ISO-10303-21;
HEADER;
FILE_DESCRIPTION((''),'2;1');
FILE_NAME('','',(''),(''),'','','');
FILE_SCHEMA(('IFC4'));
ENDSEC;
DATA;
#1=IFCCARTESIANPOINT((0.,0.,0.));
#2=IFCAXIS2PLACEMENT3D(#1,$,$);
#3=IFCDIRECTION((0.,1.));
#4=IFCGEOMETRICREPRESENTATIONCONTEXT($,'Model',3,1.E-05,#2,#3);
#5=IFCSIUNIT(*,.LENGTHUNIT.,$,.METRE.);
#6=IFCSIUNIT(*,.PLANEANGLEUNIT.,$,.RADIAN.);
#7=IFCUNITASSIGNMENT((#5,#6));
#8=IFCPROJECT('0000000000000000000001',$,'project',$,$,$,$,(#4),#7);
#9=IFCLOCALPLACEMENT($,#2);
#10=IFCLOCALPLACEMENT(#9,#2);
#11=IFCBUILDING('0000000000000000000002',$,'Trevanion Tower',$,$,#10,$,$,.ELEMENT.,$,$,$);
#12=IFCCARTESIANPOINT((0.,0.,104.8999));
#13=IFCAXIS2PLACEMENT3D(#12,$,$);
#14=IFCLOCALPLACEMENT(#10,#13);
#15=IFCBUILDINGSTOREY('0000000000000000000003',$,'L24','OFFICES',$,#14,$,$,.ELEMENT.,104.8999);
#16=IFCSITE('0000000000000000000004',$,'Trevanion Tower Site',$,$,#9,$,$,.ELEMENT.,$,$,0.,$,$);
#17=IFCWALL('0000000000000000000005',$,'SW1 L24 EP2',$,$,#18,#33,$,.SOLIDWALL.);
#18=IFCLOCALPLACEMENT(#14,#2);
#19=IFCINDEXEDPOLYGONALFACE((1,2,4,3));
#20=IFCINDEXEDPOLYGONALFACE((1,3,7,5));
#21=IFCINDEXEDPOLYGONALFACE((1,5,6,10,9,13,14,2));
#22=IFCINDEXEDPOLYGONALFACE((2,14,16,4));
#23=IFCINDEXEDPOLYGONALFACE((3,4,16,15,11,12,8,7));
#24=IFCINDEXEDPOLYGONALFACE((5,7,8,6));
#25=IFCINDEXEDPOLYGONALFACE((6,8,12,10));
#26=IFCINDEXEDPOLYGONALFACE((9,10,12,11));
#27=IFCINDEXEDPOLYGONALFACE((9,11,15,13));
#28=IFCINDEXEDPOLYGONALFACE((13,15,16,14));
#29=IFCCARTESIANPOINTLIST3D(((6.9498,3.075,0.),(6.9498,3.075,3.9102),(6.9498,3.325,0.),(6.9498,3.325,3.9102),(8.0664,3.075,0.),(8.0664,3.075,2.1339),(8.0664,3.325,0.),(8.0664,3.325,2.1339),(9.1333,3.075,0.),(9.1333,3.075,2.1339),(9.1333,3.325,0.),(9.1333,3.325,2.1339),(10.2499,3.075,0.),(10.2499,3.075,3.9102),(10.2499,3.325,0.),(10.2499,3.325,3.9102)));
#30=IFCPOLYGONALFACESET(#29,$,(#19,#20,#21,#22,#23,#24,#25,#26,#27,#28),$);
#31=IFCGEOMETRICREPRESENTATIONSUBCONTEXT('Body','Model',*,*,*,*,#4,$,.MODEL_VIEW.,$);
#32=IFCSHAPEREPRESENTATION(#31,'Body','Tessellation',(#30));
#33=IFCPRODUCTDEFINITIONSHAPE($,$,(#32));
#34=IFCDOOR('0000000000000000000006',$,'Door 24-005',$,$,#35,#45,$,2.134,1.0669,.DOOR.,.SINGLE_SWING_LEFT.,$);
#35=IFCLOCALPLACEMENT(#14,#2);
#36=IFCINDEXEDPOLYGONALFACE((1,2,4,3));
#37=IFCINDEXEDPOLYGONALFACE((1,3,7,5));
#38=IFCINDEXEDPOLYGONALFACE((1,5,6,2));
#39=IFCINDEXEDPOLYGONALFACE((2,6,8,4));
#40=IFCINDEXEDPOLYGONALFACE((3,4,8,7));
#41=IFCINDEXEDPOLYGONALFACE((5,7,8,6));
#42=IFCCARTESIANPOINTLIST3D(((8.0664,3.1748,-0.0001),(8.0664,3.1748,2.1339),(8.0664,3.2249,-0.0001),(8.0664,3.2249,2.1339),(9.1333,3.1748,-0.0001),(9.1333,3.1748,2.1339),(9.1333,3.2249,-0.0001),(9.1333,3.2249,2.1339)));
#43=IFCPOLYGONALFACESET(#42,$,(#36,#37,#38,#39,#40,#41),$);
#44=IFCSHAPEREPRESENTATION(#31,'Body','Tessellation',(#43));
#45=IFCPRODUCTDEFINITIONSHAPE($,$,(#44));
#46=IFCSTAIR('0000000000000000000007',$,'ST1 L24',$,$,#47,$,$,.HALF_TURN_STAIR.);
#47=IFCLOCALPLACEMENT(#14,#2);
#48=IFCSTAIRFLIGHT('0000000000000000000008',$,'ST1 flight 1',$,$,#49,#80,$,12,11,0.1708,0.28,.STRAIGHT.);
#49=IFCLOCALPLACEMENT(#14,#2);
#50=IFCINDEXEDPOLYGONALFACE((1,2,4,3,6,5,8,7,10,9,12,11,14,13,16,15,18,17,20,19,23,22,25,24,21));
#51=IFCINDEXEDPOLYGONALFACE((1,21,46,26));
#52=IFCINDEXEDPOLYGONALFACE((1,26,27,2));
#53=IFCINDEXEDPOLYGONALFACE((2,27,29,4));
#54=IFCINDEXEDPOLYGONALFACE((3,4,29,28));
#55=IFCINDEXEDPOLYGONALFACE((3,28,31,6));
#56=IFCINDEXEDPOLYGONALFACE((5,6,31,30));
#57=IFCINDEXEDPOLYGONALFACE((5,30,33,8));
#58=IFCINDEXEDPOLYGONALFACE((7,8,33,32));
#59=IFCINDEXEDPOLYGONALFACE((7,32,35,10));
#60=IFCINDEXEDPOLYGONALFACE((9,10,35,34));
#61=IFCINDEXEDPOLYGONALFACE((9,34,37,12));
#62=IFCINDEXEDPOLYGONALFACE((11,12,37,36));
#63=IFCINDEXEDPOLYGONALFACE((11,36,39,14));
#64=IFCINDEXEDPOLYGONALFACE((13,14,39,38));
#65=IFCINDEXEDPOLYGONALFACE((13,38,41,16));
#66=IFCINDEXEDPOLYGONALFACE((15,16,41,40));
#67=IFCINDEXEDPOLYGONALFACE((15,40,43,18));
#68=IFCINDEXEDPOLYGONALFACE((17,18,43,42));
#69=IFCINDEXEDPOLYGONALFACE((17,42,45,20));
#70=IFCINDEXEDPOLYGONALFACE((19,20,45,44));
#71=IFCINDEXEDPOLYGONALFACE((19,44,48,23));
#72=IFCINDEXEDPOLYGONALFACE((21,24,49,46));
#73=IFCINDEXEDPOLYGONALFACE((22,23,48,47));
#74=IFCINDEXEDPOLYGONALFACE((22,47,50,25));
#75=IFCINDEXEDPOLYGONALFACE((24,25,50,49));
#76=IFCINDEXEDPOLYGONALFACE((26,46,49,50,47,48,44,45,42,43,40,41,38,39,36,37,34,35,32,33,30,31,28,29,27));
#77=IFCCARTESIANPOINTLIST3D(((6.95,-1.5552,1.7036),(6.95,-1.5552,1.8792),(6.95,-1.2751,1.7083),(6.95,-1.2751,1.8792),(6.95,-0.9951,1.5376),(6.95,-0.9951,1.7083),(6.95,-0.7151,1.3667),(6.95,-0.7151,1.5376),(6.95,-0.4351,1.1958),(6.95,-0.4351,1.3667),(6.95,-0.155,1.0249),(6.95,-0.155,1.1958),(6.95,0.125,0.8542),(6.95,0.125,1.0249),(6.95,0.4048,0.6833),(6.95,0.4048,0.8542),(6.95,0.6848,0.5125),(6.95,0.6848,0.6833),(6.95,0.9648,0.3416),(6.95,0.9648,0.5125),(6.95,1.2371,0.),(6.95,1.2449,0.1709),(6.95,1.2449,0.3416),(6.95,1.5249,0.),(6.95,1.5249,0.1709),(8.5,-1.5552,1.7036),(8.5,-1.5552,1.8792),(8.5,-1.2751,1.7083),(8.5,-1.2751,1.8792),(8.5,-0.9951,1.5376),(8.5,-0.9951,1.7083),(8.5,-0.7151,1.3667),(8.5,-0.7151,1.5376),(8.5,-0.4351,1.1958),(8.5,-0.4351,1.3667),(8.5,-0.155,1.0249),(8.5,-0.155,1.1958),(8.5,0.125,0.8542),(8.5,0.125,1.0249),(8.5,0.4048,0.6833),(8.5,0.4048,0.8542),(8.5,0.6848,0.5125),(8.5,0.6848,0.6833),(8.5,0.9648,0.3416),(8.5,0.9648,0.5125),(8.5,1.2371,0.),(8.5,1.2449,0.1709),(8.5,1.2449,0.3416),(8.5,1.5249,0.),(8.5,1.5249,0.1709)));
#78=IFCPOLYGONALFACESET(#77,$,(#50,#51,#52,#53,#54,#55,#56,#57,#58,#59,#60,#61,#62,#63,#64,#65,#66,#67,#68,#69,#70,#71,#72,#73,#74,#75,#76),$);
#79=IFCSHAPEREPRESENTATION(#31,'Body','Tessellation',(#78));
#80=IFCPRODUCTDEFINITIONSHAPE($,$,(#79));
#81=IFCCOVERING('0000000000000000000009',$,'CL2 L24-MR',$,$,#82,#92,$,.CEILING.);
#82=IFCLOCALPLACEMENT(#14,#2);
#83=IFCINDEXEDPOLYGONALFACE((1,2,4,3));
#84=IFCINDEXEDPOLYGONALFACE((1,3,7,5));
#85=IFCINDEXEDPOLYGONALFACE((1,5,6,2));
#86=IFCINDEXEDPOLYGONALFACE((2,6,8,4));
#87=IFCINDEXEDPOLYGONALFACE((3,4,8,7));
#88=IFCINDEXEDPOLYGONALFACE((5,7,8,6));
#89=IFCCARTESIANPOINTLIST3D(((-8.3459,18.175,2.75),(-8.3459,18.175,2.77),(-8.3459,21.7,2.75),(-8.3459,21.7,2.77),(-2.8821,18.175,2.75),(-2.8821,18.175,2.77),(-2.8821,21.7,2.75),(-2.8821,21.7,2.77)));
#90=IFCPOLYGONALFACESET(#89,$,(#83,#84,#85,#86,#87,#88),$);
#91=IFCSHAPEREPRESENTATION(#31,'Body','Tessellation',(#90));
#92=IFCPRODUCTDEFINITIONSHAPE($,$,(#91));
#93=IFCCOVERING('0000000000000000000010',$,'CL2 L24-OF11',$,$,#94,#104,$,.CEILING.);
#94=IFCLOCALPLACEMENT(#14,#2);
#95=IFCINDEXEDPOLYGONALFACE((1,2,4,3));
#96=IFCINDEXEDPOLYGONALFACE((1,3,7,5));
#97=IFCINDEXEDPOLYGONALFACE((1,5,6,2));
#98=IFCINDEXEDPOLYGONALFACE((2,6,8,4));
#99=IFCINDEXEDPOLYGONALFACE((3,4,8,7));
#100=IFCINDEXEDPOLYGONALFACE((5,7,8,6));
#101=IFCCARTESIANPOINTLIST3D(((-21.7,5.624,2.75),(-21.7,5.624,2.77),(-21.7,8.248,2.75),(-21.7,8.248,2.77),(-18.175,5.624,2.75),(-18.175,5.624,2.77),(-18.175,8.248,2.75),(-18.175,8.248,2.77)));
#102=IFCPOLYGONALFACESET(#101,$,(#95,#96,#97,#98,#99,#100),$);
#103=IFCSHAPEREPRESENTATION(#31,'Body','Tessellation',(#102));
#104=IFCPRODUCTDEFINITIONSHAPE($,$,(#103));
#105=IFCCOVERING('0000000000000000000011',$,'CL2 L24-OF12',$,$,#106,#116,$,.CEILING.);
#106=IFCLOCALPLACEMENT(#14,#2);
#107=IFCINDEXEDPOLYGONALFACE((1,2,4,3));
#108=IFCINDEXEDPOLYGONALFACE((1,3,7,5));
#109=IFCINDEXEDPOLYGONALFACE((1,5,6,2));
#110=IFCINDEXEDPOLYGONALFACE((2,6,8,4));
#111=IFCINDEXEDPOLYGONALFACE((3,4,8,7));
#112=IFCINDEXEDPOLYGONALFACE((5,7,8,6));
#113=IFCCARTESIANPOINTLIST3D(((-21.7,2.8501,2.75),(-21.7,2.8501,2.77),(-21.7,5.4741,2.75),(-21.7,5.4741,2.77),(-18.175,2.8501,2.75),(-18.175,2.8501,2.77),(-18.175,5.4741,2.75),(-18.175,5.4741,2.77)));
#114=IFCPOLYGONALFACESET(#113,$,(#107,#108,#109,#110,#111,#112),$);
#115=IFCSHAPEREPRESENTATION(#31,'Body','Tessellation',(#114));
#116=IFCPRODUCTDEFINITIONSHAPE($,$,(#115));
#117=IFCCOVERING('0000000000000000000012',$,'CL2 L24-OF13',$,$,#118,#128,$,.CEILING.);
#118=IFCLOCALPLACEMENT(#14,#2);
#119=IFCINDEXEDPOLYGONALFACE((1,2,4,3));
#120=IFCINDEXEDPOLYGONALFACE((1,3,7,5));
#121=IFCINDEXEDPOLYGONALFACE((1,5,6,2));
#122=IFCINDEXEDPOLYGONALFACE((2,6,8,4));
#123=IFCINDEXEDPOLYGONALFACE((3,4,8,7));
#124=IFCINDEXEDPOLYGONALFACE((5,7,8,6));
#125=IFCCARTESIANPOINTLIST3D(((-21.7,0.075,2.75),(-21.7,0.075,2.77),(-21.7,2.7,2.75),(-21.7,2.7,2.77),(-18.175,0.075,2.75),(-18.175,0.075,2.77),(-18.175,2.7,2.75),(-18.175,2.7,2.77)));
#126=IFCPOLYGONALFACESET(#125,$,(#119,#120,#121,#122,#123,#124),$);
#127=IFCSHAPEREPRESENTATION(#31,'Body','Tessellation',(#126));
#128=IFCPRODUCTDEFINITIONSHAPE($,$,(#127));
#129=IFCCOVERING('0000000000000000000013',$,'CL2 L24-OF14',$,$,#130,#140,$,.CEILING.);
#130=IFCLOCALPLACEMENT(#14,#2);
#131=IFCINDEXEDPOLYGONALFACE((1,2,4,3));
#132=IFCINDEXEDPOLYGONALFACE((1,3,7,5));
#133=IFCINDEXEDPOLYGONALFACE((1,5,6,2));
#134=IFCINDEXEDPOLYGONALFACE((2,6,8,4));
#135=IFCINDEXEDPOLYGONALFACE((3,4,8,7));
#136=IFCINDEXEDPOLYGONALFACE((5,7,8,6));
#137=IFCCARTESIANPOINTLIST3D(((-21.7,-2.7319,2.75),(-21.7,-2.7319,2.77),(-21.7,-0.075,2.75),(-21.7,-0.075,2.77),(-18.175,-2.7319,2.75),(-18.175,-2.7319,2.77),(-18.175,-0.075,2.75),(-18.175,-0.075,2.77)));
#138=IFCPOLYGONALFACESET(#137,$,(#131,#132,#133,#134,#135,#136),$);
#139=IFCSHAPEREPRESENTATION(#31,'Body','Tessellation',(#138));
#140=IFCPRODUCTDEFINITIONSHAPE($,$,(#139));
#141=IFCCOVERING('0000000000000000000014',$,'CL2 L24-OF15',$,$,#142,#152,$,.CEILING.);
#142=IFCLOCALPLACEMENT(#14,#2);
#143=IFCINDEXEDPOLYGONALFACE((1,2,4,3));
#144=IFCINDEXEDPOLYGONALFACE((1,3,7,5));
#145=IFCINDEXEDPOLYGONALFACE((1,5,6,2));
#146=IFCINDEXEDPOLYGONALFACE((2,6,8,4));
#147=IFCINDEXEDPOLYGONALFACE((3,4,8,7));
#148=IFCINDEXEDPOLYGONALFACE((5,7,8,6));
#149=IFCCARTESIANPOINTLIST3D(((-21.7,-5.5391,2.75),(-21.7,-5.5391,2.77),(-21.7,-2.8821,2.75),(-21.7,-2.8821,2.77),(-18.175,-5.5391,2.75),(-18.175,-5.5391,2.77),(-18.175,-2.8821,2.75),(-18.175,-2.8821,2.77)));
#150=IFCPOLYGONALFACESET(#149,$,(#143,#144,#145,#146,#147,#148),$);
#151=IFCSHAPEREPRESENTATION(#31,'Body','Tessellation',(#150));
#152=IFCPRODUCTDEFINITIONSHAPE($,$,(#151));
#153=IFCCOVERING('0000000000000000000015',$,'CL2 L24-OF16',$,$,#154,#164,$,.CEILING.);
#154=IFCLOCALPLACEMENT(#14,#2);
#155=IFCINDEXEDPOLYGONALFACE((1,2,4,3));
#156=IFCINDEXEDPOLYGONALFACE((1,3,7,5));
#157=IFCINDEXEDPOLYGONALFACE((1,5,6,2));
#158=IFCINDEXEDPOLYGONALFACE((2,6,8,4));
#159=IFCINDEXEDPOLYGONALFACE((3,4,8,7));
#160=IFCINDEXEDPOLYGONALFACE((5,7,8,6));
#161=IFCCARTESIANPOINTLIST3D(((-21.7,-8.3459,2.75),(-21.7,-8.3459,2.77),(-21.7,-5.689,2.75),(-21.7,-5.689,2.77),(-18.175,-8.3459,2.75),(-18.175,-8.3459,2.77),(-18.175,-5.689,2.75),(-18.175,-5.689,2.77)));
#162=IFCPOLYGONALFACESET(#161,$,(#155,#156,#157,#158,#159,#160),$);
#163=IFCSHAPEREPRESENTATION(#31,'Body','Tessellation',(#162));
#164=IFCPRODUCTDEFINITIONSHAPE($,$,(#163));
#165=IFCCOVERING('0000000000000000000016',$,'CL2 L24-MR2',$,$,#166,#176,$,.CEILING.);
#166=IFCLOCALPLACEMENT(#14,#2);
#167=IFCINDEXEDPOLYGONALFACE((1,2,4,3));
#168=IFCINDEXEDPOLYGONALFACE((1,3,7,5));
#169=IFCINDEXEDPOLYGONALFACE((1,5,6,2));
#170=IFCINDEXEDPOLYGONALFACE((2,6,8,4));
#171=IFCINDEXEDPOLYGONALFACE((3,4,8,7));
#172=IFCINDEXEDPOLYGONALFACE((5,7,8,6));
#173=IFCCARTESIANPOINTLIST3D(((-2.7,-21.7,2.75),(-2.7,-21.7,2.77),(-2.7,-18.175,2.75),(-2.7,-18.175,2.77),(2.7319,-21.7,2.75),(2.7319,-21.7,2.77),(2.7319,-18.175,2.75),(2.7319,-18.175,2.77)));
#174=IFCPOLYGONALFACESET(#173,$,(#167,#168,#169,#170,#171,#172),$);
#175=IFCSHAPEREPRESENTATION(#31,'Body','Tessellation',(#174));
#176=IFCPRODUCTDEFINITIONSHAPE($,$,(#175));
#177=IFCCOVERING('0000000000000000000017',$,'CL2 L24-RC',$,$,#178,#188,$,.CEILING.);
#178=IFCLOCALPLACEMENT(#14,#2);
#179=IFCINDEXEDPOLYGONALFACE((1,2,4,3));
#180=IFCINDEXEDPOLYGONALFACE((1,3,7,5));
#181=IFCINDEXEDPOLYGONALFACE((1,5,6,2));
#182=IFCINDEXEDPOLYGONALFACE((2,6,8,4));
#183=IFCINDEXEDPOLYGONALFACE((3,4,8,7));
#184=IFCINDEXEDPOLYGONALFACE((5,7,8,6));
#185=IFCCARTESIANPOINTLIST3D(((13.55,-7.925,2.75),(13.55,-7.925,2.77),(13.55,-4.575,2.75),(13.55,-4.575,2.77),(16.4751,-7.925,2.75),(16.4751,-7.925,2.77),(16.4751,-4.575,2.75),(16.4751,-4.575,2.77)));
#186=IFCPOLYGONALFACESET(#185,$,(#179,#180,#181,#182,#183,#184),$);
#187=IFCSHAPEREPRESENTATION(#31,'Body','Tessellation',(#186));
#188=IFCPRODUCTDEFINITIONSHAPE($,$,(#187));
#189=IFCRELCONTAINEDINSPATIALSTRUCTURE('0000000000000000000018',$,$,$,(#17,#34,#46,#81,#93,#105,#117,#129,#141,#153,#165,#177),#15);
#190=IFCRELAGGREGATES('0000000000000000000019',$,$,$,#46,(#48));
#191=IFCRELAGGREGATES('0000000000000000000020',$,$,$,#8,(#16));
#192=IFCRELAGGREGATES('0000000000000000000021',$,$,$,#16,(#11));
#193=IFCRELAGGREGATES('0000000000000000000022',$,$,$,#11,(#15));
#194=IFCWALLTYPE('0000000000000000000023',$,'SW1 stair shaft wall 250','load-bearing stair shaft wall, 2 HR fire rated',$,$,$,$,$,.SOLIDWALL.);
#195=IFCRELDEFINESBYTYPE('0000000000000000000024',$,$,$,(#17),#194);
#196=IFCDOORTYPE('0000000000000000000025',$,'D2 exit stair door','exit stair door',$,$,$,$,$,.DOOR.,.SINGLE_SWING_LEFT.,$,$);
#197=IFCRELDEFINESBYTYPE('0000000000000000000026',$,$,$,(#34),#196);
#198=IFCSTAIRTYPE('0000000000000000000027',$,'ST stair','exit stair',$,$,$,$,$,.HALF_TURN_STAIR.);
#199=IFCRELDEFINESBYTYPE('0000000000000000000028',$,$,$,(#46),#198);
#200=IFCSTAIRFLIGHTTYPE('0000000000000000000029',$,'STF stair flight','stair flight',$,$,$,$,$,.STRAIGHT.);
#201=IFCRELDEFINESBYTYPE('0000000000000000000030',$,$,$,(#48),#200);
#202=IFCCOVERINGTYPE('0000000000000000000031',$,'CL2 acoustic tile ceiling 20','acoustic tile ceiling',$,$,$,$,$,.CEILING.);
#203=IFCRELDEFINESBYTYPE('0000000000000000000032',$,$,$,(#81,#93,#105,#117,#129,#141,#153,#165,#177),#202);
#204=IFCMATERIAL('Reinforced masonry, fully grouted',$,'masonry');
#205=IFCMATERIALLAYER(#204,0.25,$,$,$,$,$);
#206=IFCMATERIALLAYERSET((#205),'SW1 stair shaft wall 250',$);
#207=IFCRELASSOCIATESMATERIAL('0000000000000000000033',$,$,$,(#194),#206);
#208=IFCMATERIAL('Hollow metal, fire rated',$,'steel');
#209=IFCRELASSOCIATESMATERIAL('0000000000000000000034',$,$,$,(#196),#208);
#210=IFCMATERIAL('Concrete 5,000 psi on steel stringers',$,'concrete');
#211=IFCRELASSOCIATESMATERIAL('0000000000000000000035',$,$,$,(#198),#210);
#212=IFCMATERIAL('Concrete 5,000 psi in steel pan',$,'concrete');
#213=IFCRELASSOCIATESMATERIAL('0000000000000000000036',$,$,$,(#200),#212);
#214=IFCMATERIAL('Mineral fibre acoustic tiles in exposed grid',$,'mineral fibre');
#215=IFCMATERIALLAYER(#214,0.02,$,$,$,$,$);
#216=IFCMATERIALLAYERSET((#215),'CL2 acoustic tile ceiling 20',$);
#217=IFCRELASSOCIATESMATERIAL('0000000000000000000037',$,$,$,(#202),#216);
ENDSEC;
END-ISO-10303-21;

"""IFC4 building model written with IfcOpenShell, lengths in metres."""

from ifc_helpers import new_model, si_unit, direction, frame, frame_2d, origin, place, context, subcontext, project, spatial, polyline, rectangle, outline, extrude, material, layer, layer_set, type_object, element, fill, aggregate, save


model = new_model("IFC4")

# Units and contexts
model_context = context("Model", 3, precision=1e-05, world=origin(), true_north=direction((0.0, 1.0)))
body_context = subcontext(model_context, "Body", "Model", "MODEL_VIEW")
ifc_project = project(units=[si_unit("LENGTHUNIT", "METRE"), si_unit("PLANEANGLEUNIT", "RADIAN")], contexts=[model_context])

# Site, building, storey
site_placement = place(None, origin())
site = spatial("IfcSite", under=ifc_project, at=site_placement, Name="Trevanion Tower Site", CompositionType="ELEMENT", RefElevation=0.0)
building_placement = place(site_placement, origin())
building = spatial("IfcBuilding", under=site, at=building_placement, Name="Trevanion Tower", CompositionType="ELEMENT")
storey_placement = place(building_placement, frame((0.0, 0.0, 104.8999)))
storey = spatial("IfcBuildingStorey", under=building, at=storey_placement, Name="L24", Description="OFFICES", CompositionType="ELEMENT", Elevation=104.8999)

# Wall, opening, door
ifc_material_1 = material(Name="Reinforced masonry, fully grouted", Category="masonry")
ifc_layer_1 = layer(ifc_material_1, 0.25)
ifc_layer_set_1 = layer_set([ifc_layer_1], Name="SW1 stair shaft wall 250")
wall_type_1 = type_object("IfcWallType", Name="SW1 stair shaft wall 250", Description="load-bearing stair shaft wall, 2 HR fire rated", PredefinedType="SOLIDWALL", material=ifc_layer_set_1)
wall_1_placement = place(storey_placement, frame((6.95, 3.2, 0.0), z_axis=(0.0, 0.0, 1.0), x_axis=(1.0, 0.0, 0.0)))
wall_1 = element("IfcWall", 1, at=wall_1_placement, inside=storey, type_object=wall_type_1, Name="SW1 L24 EP2", PredefinedType="SOLIDWALL", context=body_context, shape_type="SweptSolid", body=[
    extrude(rectangle(XDim=3.3, YDim=0.25, at=frame_2d((1.6499, 0.0))), origin(), (0.0, 0.0, 1.0), 3.9102),
])
opening_1_placement = place(wall_1_placement, frame((1.1165, 0.0, 0.0)))
opening_1 = element("IfcOpeningElement", 2, at=opening_1_placement, cuts=wall_1, PredefinedType="OPENING", context=body_context, shape_type="SweptSolid", body=[
    extrude(rectangle(XDim=1.0669, YDim=2.134, at=frame_2d((0.5334, 1.0669))), frame((0.0, 0.135, 0.0), z_axis=(0.0, -1.0, 0.0), x_axis=(1.0, 0.0, 0.0)), (0.0, 0.0, 1.0), 0.27),
])
ifc_material_2 = material(Name="Hollow metal, fire rated", Category="steel")
door_type_1 = type_object("IfcDoorType", Name="D2 exit stair door", Description="exit stair door", OperationType="SINGLE_SWING_LEFT", PredefinedType="DOOR", material=ifc_material_2)
door_1_placement = place(opening_1_placement, origin())
door_1 = element("IfcDoor", 3, at=door_1_placement, inside=storey, type_object=door_type_1, Name="Door 24-005", OperationType="SINGLE_SWING_LEFT", OverallHeight=2.134, OverallWidth=1.0669, PredefinedType="DOOR", context=body_context, shape_type="SweptSolid", body=[
    extrude(rectangle(XDim=1.0669, YDim=2.134, at=frame_2d((0.5334, 1.0669))), frame((0.0, 0.0249, 0.0), z_axis=(0.0, -1.0, 0.0), x_axis=(1.0, 0.0, 0.0)), (0.0, 0.0, 1.0), 0.05),
])
fill(opening_1, door_1)

# Stair, stair flight
ifc_material_3 = material(Name="Concrete 5,000 psi on steel stringers", Category="concrete")
stair_type = type_object("IfcStairType", Name="ST stair", Description="exit stair", PredefinedType="HALF_TURN_STAIR", material=ifc_material_3)
stair_placement = place(storey_placement, origin())
stair = element("IfcStair", 4, at=stair_placement, inside=storey, type_object=stair_type, Name="ST1 L24", PredefinedType="HALF_TURN_STAIR")
ifc_material_4 = material(Name="Concrete 5,000 psi in steel pan", Category="concrete")
stair_flight_type = type_object("IfcStairFlightType", Name="STF stair flight", Description="stair flight", PredefinedType="STRAIGHT", material=ifc_material_4)
stair_flight_placement = place(storey_placement, frame((7.7251, 1.5249, 0.0), z_axis=(0.0, 0.0, 1.0), x_axis=(0.0, -1.0, 0.0)))
stair_flight = element("IfcStairFlight", 5, at=stair_flight_placement, type_object=stair_flight_type, Name="ST1 flight 1", NumberOfRisers=12, NumberOfTreads=11, PredefinedType="STRAIGHT", RiserHeight=0.1708, TreadLength=0.28, context=body_context, shape_type="SweptSolid", body=[
    extrude(outline(polyline([(0.0, 0.0), (0.0, 0.1709), (0.28, 0.1709), (0.28, 0.3416), (0.5601, 0.3416), (0.5601, 0.5125), (0.8401, 0.5125), (0.8401, 0.6833), (1.1201, 0.6833), (1.1201, 0.8542), (1.3999, 0.8542), (1.3999, 1.0249), (1.6799, 1.0249), (1.6799, 1.1958), (1.96, 1.1958), (1.96, 1.3667), (2.24, 1.3667), (2.24, 1.5376), (2.52, 1.5376), (2.52, 1.7083), (2.8, 1.7083), (2.8, 1.8792), (3.0801, 1.8792), (3.0801, 2.05), (3.0801, 1.7036), (0.2878, 0.0), (0.0, 0.0)])), frame((0.0, 0.7749, 0.0), z_axis=(0.0, -1.0, 0.0), x_axis=(1.0, 0.0, 0.0)), (0.0, 0.0, 1.0), 1.55),
])
aggregate(stair, [stair_flight])

# Coverings
ifc_material_5 = material(Name="Mineral fibre acoustic tiles in exposed grid", Category="mineral fibre")
ifc_layer_2 = layer(ifc_material_5, 0.02)
ifc_layer_set_2 = layer_set([ifc_layer_2], Name="CL2 acoustic tile ceiling 20")
covering_type_1 = type_object("IfcCoveringType", Name="CL2 acoustic tile ceiling 20", Description="acoustic tile ceiling", PredefinedType="CEILING", material=ifc_layer_set_2)
covering_1_placement = place(storey_placement, frame((0.0, 0.0, 2.75)))
element("IfcCovering", 6, at=covering_1_placement, inside=storey, type_object=covering_type_1, Name="CL2 L24-MR", PredefinedType="CEILING", context=body_context, shape_type="SweptSolid", body=[
    extrude(outline(polyline([(-2.8821, 18.175), (-8.3459, 18.175), (-8.3459, 21.7), (-2.8821, 21.7), (-2.8821, 18.175)])), origin(), (0.0, 0.0, 1.0), 0.02),
])
covering_2_placement = place(storey_placement, frame((0.0, 0.0, 2.75)))
element("IfcCovering", 7, at=covering_2_placement, inside=storey, type_object=covering_type_1, Name="CL2 L24-OF11", PredefinedType="CEILING", context=body_context, shape_type="SweptSolid", body=[
    extrude(outline(polyline([(-18.175, 8.248), (-18.175, 5.624), (-21.7, 5.624), (-21.7, 8.248), (-18.175, 8.248)])), origin(), (0.0, 0.0, 1.0), 0.02),
])
covering_3_placement = place(storey_placement, frame((0.0, 0.0, 2.75)))
element("IfcCovering", 8, at=covering_3_placement, inside=storey, type_object=covering_type_1, Name="CL2 L24-OF12", PredefinedType="CEILING", context=body_context, shape_type="SweptSolid", body=[
    extrude(outline(polyline([(-18.175, 5.4741), (-18.175, 2.8501), (-21.7, 2.8501), (-21.7, 5.4741), (-18.175, 5.4741)])), origin(), (0.0, 0.0, 1.0), 0.02),
])
covering_4_placement = place(storey_placement, frame((0.0, 0.0, 2.75)))
element("IfcCovering", 9, at=covering_4_placement, inside=storey, type_object=covering_type_1, Name="CL2 L24-OF13", PredefinedType="CEILING", context=body_context, shape_type="SweptSolid", body=[
    extrude(outline(polyline([(-18.175, 2.7), (-18.175, 0.075), (-21.7, 0.075), (-21.7, 2.7), (-18.175, 2.7)])), origin(), (0.0, 0.0, 1.0), 0.02),
])
covering_5_placement = place(storey_placement, frame((0.0, 0.0, 2.75)))
element("IfcCovering", 10, at=covering_5_placement, inside=storey, type_object=covering_type_1, Name="CL2 L24-OF14", PredefinedType="CEILING", context=body_context, shape_type="SweptSolid", body=[
    extrude(outline(polyline([(-18.175, -0.075), (-18.175, -2.7319), (-21.7, -2.7319), (-21.7, -0.075), (-18.175, -0.075)])), origin(), (0.0, 0.0, 1.0), 0.02),
])
covering_6_placement = place(storey_placement, frame((0.0, 0.0, 2.75)))
element("IfcCovering", 11, at=covering_6_placement, inside=storey, type_object=covering_type_1, Name="CL2 L24-OF15", PredefinedType="CEILING", context=body_context, shape_type="SweptSolid", body=[
    extrude(outline(polyline([(-18.175, -2.8821), (-18.175, -5.5391), (-21.7, -5.5391), (-21.7, -2.8821), (-18.175, -2.8821)])), origin(), (0.0, 0.0, 1.0), 0.02),
])
covering_7_placement = place(storey_placement, frame((0.0, 0.0, 2.75)))
element("IfcCovering", 12, at=covering_7_placement, inside=storey, type_object=covering_type_1, Name="CL2 L24-OF16", PredefinedType="CEILING", context=body_context, shape_type="SweptSolid", body=[
    extrude(outline(polyline([(-18.175, -5.689), (-18.175, -8.3459), (-21.7, -8.3459), (-21.7, -5.689), (-18.175, -5.689)])), origin(), (0.0, 0.0, 1.0), 0.02),
])
covering_8_placement = place(storey_placement, frame((0.0, 0.0, 2.75)))
element("IfcCovering", 13, at=covering_8_placement, inside=storey, type_object=covering_type_1, Name="CL2 L24-MR2", PredefinedType="CEILING", context=body_context, shape_type="SweptSolid", body=[
    extrude(outline(polyline([(-2.7, -18.175), (2.7319, -18.175), (2.7319, -21.7), (-2.7, -21.7), (-2.7, -18.175)])), origin(), (0.0, 0.0, 1.0), 0.02),
])
covering_9_placement = place(storey_placement, frame((0.0, 0.0, 2.75)))
element("IfcCovering", 14, at=covering_9_placement, inside=storey, type_object=covering_type_1, Name="CL2 L24-RC", PredefinedType="CEILING", context=body_context, shape_type="SweptSolid", body=[
    extrude(outline(polyline([(13.55, -7.925), (13.55, -4.575), (16.4751, -4.575), (16.4751, -7.925), (13.55, -7.925)])), origin(), (0.0, 0.0, 1.0), 0.02),
])

save(model, "model.ifc")
